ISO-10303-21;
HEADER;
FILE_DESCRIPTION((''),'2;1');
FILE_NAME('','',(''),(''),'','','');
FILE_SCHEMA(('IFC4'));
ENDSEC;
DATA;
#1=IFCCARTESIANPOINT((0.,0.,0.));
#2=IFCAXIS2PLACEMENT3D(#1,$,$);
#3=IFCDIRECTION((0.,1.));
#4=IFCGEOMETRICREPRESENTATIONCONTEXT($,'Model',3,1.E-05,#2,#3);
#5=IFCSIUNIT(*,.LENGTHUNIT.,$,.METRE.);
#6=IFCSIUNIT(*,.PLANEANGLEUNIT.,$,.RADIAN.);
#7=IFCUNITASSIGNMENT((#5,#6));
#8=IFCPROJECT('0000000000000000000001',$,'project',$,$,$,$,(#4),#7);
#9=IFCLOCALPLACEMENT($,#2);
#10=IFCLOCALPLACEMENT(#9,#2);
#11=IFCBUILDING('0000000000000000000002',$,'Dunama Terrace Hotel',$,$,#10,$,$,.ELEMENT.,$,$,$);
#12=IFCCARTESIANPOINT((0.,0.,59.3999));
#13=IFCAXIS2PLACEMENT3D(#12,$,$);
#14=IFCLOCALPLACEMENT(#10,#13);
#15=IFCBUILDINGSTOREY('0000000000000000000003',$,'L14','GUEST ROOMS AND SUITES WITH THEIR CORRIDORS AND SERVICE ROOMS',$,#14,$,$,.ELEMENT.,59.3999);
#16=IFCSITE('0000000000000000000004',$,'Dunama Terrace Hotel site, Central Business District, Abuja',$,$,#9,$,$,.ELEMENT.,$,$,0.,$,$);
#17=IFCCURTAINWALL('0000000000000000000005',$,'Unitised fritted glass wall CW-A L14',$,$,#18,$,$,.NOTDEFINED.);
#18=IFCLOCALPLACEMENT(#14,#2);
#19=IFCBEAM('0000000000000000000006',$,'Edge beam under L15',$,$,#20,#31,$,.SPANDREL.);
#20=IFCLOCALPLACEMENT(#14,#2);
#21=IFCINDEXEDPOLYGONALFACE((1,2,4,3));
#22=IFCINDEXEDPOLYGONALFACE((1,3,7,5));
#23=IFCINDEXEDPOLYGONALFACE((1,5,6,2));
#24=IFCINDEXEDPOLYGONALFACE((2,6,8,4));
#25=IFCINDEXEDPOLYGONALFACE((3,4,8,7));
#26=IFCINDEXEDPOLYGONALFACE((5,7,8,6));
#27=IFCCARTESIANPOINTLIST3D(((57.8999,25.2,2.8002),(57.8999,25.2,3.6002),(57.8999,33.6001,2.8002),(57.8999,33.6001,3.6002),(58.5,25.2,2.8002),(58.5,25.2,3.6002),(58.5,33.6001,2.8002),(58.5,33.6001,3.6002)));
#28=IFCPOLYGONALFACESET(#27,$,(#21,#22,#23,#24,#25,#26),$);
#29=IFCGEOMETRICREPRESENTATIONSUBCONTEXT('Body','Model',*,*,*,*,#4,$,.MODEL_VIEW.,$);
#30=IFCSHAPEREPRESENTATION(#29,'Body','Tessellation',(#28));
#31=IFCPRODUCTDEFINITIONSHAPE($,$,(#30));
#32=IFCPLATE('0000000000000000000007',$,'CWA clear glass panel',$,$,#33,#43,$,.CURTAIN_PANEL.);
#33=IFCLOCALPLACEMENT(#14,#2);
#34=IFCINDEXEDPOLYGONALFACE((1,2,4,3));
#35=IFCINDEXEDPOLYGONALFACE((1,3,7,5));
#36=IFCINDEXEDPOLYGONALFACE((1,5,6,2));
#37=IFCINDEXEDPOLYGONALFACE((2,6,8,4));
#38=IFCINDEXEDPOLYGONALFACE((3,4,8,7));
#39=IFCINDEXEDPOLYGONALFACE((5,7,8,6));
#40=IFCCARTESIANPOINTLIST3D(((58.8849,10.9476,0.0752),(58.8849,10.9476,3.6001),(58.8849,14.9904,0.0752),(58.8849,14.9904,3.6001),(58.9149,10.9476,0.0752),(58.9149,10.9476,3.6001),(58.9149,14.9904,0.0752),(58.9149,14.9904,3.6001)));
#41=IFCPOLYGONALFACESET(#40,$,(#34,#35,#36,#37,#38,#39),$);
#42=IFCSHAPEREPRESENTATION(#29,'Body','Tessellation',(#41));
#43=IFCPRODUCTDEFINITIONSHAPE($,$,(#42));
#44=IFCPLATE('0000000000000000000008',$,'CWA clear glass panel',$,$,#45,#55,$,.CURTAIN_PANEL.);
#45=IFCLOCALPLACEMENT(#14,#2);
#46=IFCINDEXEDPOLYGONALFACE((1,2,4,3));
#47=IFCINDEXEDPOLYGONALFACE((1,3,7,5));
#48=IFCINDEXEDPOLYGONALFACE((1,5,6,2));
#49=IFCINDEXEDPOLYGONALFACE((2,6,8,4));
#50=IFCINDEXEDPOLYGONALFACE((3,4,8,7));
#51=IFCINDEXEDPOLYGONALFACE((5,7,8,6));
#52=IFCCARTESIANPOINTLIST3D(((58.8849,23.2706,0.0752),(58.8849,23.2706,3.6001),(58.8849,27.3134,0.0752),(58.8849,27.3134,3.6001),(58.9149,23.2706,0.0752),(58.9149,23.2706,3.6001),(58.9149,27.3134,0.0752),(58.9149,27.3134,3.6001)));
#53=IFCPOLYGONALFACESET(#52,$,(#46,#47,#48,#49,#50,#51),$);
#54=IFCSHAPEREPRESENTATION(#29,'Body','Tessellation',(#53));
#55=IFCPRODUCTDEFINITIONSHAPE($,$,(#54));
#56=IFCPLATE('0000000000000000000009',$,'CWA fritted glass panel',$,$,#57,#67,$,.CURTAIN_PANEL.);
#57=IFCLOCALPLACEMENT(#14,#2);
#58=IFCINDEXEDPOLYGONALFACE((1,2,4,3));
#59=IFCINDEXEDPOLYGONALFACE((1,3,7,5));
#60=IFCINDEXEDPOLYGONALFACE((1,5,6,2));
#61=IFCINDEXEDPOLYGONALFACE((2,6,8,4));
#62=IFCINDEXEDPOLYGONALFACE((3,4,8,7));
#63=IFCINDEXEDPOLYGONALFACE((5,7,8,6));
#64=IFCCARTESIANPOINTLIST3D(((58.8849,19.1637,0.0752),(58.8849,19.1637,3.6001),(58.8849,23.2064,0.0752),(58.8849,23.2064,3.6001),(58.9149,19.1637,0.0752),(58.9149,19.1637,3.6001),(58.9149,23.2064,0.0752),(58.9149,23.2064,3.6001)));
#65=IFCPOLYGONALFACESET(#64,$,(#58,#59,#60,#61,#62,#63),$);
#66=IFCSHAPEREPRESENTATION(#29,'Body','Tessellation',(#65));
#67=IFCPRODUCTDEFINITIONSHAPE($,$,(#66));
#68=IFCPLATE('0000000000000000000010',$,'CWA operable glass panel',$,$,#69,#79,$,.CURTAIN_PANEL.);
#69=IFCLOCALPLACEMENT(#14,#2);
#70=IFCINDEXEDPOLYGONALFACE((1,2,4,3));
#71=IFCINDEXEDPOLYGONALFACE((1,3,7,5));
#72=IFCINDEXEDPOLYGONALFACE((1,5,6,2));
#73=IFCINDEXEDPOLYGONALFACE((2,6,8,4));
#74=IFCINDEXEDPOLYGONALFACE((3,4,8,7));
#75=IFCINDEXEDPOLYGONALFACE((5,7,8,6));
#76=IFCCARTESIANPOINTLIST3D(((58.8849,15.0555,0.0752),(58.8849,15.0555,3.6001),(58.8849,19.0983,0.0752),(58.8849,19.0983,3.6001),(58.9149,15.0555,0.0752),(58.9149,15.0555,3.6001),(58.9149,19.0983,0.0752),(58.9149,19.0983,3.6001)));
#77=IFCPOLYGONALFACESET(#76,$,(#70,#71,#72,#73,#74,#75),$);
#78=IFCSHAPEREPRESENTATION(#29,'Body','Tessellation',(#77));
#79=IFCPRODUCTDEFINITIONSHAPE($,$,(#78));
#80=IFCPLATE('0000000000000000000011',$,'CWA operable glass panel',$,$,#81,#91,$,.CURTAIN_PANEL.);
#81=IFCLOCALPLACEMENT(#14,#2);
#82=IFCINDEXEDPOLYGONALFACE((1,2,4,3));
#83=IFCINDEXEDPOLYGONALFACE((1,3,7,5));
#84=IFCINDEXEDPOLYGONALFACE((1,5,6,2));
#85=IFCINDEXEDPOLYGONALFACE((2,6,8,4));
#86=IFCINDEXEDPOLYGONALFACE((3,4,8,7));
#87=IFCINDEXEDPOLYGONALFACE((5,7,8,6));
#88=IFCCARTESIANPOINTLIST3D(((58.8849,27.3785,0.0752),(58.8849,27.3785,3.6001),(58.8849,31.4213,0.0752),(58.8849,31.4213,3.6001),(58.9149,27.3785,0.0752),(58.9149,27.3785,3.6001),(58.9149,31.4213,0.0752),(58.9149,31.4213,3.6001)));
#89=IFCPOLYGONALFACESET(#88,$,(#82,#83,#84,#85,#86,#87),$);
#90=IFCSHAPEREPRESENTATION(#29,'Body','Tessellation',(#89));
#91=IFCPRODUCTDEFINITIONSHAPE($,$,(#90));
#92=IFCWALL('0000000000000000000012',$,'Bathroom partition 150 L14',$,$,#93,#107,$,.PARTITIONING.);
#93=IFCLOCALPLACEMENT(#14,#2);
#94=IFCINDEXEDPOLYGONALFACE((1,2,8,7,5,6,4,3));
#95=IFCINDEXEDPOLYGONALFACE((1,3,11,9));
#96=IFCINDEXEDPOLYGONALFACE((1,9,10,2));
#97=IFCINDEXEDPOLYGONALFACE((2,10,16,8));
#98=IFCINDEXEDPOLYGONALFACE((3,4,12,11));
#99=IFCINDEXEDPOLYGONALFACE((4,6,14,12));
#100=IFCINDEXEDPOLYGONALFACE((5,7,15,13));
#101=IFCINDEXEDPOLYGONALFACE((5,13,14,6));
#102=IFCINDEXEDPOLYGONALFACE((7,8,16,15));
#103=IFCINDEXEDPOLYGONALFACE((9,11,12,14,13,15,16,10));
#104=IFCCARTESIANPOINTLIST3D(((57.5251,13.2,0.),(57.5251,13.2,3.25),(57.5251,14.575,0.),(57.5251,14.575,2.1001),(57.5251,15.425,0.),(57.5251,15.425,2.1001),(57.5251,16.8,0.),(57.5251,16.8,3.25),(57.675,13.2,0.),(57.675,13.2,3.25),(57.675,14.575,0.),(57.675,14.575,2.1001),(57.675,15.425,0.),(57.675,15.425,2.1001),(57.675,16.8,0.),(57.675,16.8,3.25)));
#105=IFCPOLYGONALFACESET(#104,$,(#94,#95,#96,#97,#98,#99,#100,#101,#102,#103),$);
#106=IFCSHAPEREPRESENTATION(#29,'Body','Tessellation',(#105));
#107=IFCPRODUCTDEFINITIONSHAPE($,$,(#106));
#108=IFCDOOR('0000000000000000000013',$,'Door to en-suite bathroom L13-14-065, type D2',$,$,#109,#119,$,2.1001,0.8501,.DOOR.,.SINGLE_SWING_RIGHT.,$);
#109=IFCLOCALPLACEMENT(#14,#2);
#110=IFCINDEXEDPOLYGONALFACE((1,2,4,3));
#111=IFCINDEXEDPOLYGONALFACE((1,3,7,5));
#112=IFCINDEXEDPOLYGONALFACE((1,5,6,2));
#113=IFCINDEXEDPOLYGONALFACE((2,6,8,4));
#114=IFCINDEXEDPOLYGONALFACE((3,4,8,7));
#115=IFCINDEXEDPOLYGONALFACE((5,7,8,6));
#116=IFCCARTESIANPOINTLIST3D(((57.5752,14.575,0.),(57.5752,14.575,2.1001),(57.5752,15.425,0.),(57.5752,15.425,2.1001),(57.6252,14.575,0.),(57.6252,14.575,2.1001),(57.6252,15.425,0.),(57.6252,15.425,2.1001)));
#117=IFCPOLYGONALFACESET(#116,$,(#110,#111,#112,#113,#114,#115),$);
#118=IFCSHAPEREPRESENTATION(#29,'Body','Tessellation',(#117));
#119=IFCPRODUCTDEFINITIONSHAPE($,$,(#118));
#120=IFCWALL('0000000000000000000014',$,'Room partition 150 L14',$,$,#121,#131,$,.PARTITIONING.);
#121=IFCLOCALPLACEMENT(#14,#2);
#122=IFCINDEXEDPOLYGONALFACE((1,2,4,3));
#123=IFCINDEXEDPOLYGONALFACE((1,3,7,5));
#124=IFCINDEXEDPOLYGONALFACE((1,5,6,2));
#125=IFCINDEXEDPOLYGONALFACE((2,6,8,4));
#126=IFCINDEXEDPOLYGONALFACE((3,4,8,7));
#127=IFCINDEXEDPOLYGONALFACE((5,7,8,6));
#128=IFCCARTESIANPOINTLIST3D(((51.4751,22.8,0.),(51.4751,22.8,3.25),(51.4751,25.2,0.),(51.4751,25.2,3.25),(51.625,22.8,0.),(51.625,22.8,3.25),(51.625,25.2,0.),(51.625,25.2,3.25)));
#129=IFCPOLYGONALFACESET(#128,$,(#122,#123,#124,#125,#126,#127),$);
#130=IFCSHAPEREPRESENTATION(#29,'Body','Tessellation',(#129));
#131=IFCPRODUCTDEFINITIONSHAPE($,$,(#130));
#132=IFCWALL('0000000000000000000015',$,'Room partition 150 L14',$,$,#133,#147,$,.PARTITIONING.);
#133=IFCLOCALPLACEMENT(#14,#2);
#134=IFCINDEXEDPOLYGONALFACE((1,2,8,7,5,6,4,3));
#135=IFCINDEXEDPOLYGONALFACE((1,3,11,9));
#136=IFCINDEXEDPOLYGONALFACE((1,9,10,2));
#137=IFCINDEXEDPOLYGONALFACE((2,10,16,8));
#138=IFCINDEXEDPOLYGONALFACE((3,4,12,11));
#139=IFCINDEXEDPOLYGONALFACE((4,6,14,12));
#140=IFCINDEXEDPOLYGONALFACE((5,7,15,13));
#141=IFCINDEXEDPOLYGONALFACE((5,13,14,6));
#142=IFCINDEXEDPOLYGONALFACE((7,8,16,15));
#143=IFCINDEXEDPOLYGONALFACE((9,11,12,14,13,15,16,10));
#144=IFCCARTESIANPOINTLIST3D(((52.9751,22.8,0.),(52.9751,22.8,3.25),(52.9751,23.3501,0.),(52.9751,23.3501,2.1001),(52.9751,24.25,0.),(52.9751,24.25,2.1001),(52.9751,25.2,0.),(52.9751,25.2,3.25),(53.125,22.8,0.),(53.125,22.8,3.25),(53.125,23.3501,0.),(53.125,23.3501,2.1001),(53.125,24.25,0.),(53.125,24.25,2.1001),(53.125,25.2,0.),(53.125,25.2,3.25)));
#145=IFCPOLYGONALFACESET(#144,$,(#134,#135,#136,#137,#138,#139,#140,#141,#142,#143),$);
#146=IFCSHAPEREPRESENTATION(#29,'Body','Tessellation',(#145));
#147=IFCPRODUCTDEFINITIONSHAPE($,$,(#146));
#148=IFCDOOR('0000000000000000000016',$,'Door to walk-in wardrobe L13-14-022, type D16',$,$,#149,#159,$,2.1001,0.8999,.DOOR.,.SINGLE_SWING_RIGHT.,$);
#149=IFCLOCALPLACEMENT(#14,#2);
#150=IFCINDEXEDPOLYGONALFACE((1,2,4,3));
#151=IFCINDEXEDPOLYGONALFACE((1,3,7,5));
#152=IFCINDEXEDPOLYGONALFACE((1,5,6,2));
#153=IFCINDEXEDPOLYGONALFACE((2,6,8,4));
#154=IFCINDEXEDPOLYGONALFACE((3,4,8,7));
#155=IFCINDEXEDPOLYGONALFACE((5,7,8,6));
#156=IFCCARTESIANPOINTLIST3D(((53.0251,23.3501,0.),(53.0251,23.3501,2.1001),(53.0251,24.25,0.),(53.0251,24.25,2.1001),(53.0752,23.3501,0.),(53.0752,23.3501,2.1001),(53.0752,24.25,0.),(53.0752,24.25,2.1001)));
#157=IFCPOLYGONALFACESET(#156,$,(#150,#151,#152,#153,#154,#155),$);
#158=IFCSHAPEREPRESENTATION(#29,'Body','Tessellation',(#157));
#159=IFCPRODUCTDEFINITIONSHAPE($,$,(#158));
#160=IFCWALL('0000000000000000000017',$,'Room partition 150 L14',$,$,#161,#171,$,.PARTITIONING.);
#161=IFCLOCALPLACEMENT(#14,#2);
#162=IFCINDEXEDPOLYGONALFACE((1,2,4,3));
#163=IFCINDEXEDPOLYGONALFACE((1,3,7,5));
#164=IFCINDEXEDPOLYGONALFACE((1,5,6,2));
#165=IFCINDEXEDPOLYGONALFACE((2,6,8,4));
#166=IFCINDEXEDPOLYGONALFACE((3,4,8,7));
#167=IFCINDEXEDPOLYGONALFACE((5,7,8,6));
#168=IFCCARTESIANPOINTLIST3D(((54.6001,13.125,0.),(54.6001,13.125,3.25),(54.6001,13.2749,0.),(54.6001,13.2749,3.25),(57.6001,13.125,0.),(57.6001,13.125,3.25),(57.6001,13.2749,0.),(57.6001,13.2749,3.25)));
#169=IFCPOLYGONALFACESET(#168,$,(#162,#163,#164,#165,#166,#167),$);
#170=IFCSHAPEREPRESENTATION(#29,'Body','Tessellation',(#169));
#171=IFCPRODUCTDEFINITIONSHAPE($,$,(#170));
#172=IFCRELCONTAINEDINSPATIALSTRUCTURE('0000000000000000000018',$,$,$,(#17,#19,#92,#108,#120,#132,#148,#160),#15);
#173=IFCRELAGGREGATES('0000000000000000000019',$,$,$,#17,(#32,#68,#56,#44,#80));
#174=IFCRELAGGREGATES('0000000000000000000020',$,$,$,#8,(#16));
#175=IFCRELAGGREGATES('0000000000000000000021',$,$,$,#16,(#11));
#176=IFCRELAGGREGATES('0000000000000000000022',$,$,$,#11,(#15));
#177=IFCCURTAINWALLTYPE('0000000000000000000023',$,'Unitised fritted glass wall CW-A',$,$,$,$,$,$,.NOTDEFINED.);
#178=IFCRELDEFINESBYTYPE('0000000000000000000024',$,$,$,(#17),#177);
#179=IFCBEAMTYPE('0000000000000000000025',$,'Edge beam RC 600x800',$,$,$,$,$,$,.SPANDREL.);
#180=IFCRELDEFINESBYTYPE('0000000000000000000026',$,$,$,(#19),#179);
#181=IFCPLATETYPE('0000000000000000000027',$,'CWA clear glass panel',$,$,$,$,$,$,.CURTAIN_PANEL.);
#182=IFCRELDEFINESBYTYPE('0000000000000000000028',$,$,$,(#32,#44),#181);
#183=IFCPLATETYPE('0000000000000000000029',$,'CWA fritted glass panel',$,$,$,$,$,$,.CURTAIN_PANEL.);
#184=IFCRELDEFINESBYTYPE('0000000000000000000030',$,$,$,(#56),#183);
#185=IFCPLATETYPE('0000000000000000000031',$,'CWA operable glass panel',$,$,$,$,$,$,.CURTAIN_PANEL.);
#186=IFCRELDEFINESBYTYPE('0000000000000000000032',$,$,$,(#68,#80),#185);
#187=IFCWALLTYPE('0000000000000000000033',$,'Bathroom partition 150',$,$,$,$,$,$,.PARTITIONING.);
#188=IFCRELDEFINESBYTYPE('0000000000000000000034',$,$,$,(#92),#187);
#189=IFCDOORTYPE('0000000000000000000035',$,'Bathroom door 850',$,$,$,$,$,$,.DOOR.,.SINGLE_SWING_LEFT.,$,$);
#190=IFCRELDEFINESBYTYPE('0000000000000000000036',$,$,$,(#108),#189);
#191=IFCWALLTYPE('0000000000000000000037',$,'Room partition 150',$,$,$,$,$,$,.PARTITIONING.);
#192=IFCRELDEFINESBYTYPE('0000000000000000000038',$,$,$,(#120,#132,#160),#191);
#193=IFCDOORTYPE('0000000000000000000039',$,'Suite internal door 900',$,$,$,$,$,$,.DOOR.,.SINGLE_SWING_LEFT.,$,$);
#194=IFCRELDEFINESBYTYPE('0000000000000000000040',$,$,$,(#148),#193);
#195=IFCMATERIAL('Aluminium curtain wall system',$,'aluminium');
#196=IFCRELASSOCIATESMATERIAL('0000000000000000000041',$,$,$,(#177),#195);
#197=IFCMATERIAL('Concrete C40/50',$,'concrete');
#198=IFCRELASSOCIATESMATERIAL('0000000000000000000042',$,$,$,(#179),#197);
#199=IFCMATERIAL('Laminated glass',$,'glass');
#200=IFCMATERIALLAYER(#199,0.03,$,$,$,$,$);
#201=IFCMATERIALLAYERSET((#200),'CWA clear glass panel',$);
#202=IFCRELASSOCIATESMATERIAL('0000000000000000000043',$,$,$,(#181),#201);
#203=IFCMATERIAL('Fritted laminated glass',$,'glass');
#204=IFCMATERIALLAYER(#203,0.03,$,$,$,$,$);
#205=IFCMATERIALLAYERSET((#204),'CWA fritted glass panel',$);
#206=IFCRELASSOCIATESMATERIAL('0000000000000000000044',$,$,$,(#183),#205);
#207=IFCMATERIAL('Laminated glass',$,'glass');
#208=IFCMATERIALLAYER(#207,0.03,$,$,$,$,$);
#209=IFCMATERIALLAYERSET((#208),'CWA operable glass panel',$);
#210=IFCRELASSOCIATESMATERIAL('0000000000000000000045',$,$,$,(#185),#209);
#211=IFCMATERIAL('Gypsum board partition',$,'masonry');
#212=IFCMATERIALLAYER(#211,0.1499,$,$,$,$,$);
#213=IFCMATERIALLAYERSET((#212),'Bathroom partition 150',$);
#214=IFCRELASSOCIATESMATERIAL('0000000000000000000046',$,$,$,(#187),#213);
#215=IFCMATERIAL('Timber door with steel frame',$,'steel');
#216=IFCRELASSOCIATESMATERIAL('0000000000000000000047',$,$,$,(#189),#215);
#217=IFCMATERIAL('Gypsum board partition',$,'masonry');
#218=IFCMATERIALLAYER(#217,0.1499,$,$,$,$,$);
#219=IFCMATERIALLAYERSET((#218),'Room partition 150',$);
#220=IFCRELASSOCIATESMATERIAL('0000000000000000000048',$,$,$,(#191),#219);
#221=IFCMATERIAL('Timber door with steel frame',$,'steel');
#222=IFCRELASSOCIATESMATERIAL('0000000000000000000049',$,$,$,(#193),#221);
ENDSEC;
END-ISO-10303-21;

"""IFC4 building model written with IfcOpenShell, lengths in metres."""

from ifc_helpers import new_model, si_unit, direction, frame, frame_2d, origin, origin_2d, place, context, subcontext, project, spatial, rectangle, extrude, material, layer, layer_set, material_profile, profile_set, type_object, element, fill, aggregate, save


model = new_model("IFC4")

# Units and contexts
model_context = context("Model", 3, precision=1e-05, world=origin(), true_north=direction((0.0, 1.0)))
body_context = subcontext(model_context, "Body", "Model", "MODEL_VIEW")
ifc_project = project(units=[si_unit("LENGTHUNIT", "METRE"), si_unit("PLANEANGLEUNIT", "RADIAN")], contexts=[model_context])

# Site, building, storey
site_placement = place(None, origin())
site = spatial("IfcSite", under=ifc_project, at=site_placement, Name="Dunama Terrace Hotel site, Central Business District, Abuja", CompositionType="ELEMENT", RefElevation=0.0)
building_placement = place(site_placement, origin())
building = spatial("IfcBuilding", under=site, at=building_placement, Name="Dunama Terrace Hotel", CompositionType="ELEMENT")
storey_placement = place(building_placement, frame((0.0, 0.0, 59.3999)))
storey = spatial("IfcBuildingStorey", under=building, at=storey_placement, Name="L14", Description="GUEST ROOMS AND SUITES WITH THEIR CORRIDORS AND SERVICE ROOMS", CompositionType="ELEMENT", Elevation=59.3999)

# Curtain wall
ifc_material_1 = material(Name="Aluminium curtain wall system", Category="aluminium")
curtain_wall_type = type_object("IfcCurtainWallType", Name="Unitised fritted glass wall CW-A", PredefinedType="NOTDEFINED", material=ifc_material_1)
curtain_wall_placement = place(storey_placement, origin())
curtain_wall = element("IfcCurtainWall", 1, at=curtain_wall_placement, inside=storey, type_object=curtain_wall_type, Name="Unitised fritted glass wall CW-A L14", PredefinedType="NOTDEFINED")

# Beam
ifc_material_2 = material(Name="Concrete C40/50", Category="concrete")
ifc_material_profile_1 = material_profile(ifc_material_2, rectangle(XDim=0.6001, YDim=0.8, at=origin_2d()), Name="RC 600x800")
ifc_profile_set_1 = profile_set([ifc_material_profile_1], Name="Concrete C40/50")
beam_type = type_object("IfcBeamType", Name="Edge beam RC 600x800", PredefinedType="SPANDREL", material=ifc_profile_set_1)
beam_1_placement = place(storey_placement, frame((58.2, 25.2, 3.2002), z_axis=(0.0, 1.0, 0.0), x_axis=(-1.0, 0.0, 0.0)))
element("IfcBeam", 2, at=beam_1_placement, inside=storey, type_object=beam_type, Name="Edge beam under L15", PredefinedType="SPANDREL", context=body_context, shape_type="SweptSolid", body=[
    extrude(rectangle(XDim=0.6001, YDim=0.8, at=origin_2d()), origin(), (0.0, 0.0, 1.0), 8.4001),
])

# Plates
ifc_material_3 = material(Name="Laminated glass", Category="glass")
ifc_layer_1 = layer(ifc_material_3, 0.03)
ifc_layer_set_1 = layer_set([ifc_layer_1], Name="CWA clear glass panel")
plate_type_1 = type_object("IfcPlateType", Name="CWA clear glass panel", PredefinedType="CURTAIN_PANEL", material=ifc_layer_set_1)
plate_1_placement = place(storey_placement, frame((58.8999, 12.969, 0.0752), z_axis=(0.0, 0.0, 1.0), x_axis=(0.0, 1.0, 0.0)))
plate_1 = element("IfcPlate", 3, at=plate_1_placement, type_object=plate_type_1, Name="CWA clear glass panel", PredefinedType="CURTAIN_PANEL", context=body_context, shape_type="SweptSolid", body=[
    extrude(rectangle(XDim=4.0427, YDim=0.03, at=origin_2d()), origin(), (0.0, 0.0, 1.0), 3.5249),
])
plate_2_placement = place(storey_placement, frame((58.8999, 25.292, 0.0752), z_axis=(0.0, 0.0, 1.0), x_axis=(0.0, 1.0, 0.0)))
plate_2 = element("IfcPlate", 4, at=plate_2_placement, type_object=plate_type_1, Name="CWA clear glass panel", PredefinedType="CURTAIN_PANEL", context=body_context, shape_type="SweptSolid", body=[
    extrude(rectangle(XDim=4.0427, YDim=0.03, at=origin_2d()), origin(), (0.0, 0.0, 1.0), 3.5249),
])
ifc_material_4 = material(Name="Fritted laminated glass", Category="glass")
ifc_layer_2 = layer(ifc_material_4, 0.03)
ifc_layer_set_2 = layer_set([ifc_layer_2], Name="CWA fritted glass panel")
plate_type_2 = type_object("IfcPlateType", Name="CWA fritted glass panel", PredefinedType="CURTAIN_PANEL", material=ifc_layer_set_2)
plate_3_placement = place(storey_placement, frame((58.8999, 21.1851, 0.0752), z_axis=(0.0, 0.0, 1.0), x_axis=(0.0, 1.0, 0.0)))
plate_3 = element("IfcPlate", 5, at=plate_3_placement, type_object=plate_type_2, Name="CWA fritted glass panel", PredefinedType="CURTAIN_PANEL", context=body_context, shape_type="SweptSolid", body=[
    extrude(rectangle(XDim=4.0427, YDim=0.03, at=origin_2d()), origin(), (0.0, 0.0, 1.0), 3.5249),
])
ifc_material_5 = material(Name="Laminated glass", Category="glass")
ifc_layer_3 = layer(ifc_material_5, 0.03)
ifc_layer_set_3 = layer_set([ifc_layer_3], Name="CWA operable glass panel")
plate_type_3 = type_object("IfcPlateType", Name="CWA operable glass panel", PredefinedType="CURTAIN_PANEL", material=ifc_layer_set_3)
plate_4_placement = place(storey_placement, frame((58.8999, 17.0769, 0.0752), z_axis=(0.0, 0.0, 1.0), x_axis=(0.0, 1.0, 0.0)))
plate_4 = element("IfcPlate", 6, at=plate_4_placement, type_object=plate_type_3, Name="CWA operable glass panel", PredefinedType="CURTAIN_PANEL", context=body_context, shape_type="SweptSolid", body=[
    extrude(rectangle(XDim=4.0427, YDim=0.03, at=origin_2d()), origin(), (0.0, 0.0, 1.0), 3.5249),
])
plate_5_placement = place(storey_placement, frame((58.8999, 29.3999, 0.0752), z_axis=(0.0, 0.0, 1.0), x_axis=(0.0, 1.0, 0.0)))
plate_5 = element("IfcPlate", 7, at=plate_5_placement, type_object=plate_type_3, Name="CWA operable glass panel", PredefinedType="CURTAIN_PANEL", context=body_context, shape_type="SweptSolid", body=[
    extrude(rectangle(XDim=4.0427, YDim=0.03, at=origin_2d()), origin(), (0.0, 0.0, 1.0), 3.5249),
])
aggregate(curtain_wall, [plate_1, plate_4, plate_3, plate_2, plate_5])

# Wall, opening, door
ifc_material_6 = material(Name="Gypsum board partition", Category="masonry")
ifc_layer_4 = layer(ifc_material_6, 0.1499)
ifc_layer_set_4 = layer_set([ifc_layer_4], Name="Bathroom partition 150")
wall_type_1 = type_object("IfcWallType", Name="Bathroom partition 150", PredefinedType="PARTITIONING", material=ifc_layer_set_4)
wall_1_placement = place(storey_placement, frame((57.6001, 13.2, 0.0), z_axis=(0.0, 0.0, 1.0), x_axis=(0.0, 1.0, 0.0)))
wall_1 = element("IfcWall", 8, at=wall_1_placement, inside=storey, type_object=wall_type_1, Name="Bathroom partition 150 L14", PredefinedType="PARTITIONING", context=body_context, shape_type="SweptSolid", body=[
    extrude(rectangle(XDim=3.6001, YDim=0.1499, at=frame_2d((1.8, 0.0))), origin(), (0.0, 0.0, 1.0), 3.25),
])
opening_1_placement = place(wall_1_placement, frame((1.375, 0.0, 0.0)))
opening_1 = element("IfcOpeningElement", 9, at=opening_1_placement, cuts=wall_1, PredefinedType="OPENING", context=body_context, shape_type="SweptSolid", body=[
    extrude(rectangle(XDim=0.8501, YDim=2.1001, at=frame_2d((0.425, 1.05))), frame((0.0, 0.085, 0.0), z_axis=(0.0, -1.0, 0.0), x_axis=(1.0, 0.0, 0.0)), (0.0, 0.0, 1.0), 0.1699),
])
ifc_material_7 = material(Name="Timber door with steel frame", Category="steel")
door_type_1 = type_object("IfcDoorType", Name="Bathroom door 850", OperationType="SINGLE_SWING_LEFT", PredefinedType="DOOR", material=ifc_material_7)
door_1_placement = place(opening_1_placement, origin())
door_1 = element("IfcDoor", 10, at=door_1_placement, inside=storey, type_object=door_type_1, Name="Door to en-suite bathroom L13-14-065, type D2", OperationType="SINGLE_SWING_RIGHT", OverallHeight=2.1001, OverallWidth=0.8501, PredefinedType="DOOR", context=body_context, shape_type="SweptSolid", body=[
    extrude(rectangle(XDim=0.8501, YDim=2.1001, at=frame_2d((0.425, 1.05))), frame((0.0, 0.0249, 0.0), z_axis=(0.0, -1.0, 0.0), x_axis=(1.0, 0.0, 0.0)), (0.0, 0.0, 1.0), 0.05),
])
fill(opening_1, door_1)

# Wall
ifc_material_8 = material(Name="Gypsum board partition", Category="masonry")
ifc_layer_5 = layer(ifc_material_8, 0.1499)
ifc_layer_set_5 = layer_set([ifc_layer_5], Name="Room partition 150")
wall_type_2 = type_object("IfcWallType", Name="Room partition 150", PredefinedType="PARTITIONING", material=ifc_layer_set_5)
wall_2_placement = place(storey_placement, frame((51.55, 22.8, 0.0), z_axis=(0.0, 0.0, 1.0), x_axis=(0.0, 1.0, 0.0)))
element("IfcWall", 11, at=wall_2_placement, inside=storey, type_object=wall_type_2, Name="Room partition 150 L14", PredefinedType="PARTITIONING", context=body_context, shape_type="SweptSolid", body=[
    extrude(rectangle(XDim=2.3999, YDim=0.1499, at=frame_2d((1.2, 0.0))), origin(), (0.0, 0.0, 1.0), 3.25),
])

# Wall, opening, door
wall_3_placement = place(storey_placement, frame((53.05, 22.8, 0.0), z_axis=(0.0, 0.0, 1.0), x_axis=(0.0, 1.0, 0.0)))
wall_3 = element("IfcWall", 12, at=wall_3_placement, inside=storey, type_object=wall_type_2, Name="Room partition 150 L14", PredefinedType="PARTITIONING", context=body_context, shape_type="SweptSolid", body=[
    extrude(rectangle(XDim=2.3999, YDim=0.1499, at=frame_2d((1.2, 0.0))), origin(), (0.0, 0.0, 1.0), 3.25),
])
opening_2_placement = place(wall_3_placement, frame((0.55, 0.0, 0.0)))
opening_2 = element("IfcOpeningElement", 13, at=opening_2_placement, cuts=wall_3, PredefinedType="OPENING", context=body_context, shape_type="SweptSolid", body=[
    extrude(rectangle(XDim=0.8999, YDim=2.1001, at=frame_2d((0.45, 1.05))), frame((0.0, 0.085, 0.0), z_axis=(0.0, -1.0, 0.0), x_axis=(1.0, 0.0, 0.0)), (0.0, 0.0, 1.0), 0.1699),
])
ifc_material_9 = material(Name="Timber door with steel frame", Category="steel")
door_type_2 = type_object("IfcDoorType", Name="Suite internal door 900", OperationType="SINGLE_SWING_LEFT", PredefinedType="DOOR", material=ifc_material_9)
door_2_placement = place(opening_2_placement, origin())
door_2 = element("IfcDoor", 14, at=door_2_placement, inside=storey, type_object=door_type_2, Name="Door to walk-in wardrobe L13-14-022, type D16", OperationType="SINGLE_SWING_RIGHT", OverallHeight=2.1001, OverallWidth=0.8999, PredefinedType="DOOR", context=body_context, shape_type="SweptSolid", body=[
    extrude(rectangle(XDim=0.8999, YDim=2.1001, at=frame_2d((0.45, 1.05))), frame((0.0, 0.0249, 0.0), z_axis=(0.0, -1.0, 0.0), x_axis=(1.0, 0.0, 0.0)), (0.0, 0.0, 1.0), 0.05),
])
fill(opening_2, door_2)

# Wall
wall_4_placement = place(storey_placement, frame((54.6001, 13.2, 0.0), z_axis=(0.0, 0.0, 1.0), x_axis=(1.0, 0.0, 0.0)))
element("IfcWall", 15, at=wall_4_placement, inside=storey, type_object=wall_type_2, Name="Room partition 150 L14", PredefinedType="PARTITIONING", context=body_context, shape_type="SweptSolid", body=[
    extrude(rectangle(XDim=3.0, YDim=0.1499, at=frame_2d((1.5, 0.0))), origin(), (0.0, 0.0, 1.0), 3.25),
])

save(model, "model.ifc")
